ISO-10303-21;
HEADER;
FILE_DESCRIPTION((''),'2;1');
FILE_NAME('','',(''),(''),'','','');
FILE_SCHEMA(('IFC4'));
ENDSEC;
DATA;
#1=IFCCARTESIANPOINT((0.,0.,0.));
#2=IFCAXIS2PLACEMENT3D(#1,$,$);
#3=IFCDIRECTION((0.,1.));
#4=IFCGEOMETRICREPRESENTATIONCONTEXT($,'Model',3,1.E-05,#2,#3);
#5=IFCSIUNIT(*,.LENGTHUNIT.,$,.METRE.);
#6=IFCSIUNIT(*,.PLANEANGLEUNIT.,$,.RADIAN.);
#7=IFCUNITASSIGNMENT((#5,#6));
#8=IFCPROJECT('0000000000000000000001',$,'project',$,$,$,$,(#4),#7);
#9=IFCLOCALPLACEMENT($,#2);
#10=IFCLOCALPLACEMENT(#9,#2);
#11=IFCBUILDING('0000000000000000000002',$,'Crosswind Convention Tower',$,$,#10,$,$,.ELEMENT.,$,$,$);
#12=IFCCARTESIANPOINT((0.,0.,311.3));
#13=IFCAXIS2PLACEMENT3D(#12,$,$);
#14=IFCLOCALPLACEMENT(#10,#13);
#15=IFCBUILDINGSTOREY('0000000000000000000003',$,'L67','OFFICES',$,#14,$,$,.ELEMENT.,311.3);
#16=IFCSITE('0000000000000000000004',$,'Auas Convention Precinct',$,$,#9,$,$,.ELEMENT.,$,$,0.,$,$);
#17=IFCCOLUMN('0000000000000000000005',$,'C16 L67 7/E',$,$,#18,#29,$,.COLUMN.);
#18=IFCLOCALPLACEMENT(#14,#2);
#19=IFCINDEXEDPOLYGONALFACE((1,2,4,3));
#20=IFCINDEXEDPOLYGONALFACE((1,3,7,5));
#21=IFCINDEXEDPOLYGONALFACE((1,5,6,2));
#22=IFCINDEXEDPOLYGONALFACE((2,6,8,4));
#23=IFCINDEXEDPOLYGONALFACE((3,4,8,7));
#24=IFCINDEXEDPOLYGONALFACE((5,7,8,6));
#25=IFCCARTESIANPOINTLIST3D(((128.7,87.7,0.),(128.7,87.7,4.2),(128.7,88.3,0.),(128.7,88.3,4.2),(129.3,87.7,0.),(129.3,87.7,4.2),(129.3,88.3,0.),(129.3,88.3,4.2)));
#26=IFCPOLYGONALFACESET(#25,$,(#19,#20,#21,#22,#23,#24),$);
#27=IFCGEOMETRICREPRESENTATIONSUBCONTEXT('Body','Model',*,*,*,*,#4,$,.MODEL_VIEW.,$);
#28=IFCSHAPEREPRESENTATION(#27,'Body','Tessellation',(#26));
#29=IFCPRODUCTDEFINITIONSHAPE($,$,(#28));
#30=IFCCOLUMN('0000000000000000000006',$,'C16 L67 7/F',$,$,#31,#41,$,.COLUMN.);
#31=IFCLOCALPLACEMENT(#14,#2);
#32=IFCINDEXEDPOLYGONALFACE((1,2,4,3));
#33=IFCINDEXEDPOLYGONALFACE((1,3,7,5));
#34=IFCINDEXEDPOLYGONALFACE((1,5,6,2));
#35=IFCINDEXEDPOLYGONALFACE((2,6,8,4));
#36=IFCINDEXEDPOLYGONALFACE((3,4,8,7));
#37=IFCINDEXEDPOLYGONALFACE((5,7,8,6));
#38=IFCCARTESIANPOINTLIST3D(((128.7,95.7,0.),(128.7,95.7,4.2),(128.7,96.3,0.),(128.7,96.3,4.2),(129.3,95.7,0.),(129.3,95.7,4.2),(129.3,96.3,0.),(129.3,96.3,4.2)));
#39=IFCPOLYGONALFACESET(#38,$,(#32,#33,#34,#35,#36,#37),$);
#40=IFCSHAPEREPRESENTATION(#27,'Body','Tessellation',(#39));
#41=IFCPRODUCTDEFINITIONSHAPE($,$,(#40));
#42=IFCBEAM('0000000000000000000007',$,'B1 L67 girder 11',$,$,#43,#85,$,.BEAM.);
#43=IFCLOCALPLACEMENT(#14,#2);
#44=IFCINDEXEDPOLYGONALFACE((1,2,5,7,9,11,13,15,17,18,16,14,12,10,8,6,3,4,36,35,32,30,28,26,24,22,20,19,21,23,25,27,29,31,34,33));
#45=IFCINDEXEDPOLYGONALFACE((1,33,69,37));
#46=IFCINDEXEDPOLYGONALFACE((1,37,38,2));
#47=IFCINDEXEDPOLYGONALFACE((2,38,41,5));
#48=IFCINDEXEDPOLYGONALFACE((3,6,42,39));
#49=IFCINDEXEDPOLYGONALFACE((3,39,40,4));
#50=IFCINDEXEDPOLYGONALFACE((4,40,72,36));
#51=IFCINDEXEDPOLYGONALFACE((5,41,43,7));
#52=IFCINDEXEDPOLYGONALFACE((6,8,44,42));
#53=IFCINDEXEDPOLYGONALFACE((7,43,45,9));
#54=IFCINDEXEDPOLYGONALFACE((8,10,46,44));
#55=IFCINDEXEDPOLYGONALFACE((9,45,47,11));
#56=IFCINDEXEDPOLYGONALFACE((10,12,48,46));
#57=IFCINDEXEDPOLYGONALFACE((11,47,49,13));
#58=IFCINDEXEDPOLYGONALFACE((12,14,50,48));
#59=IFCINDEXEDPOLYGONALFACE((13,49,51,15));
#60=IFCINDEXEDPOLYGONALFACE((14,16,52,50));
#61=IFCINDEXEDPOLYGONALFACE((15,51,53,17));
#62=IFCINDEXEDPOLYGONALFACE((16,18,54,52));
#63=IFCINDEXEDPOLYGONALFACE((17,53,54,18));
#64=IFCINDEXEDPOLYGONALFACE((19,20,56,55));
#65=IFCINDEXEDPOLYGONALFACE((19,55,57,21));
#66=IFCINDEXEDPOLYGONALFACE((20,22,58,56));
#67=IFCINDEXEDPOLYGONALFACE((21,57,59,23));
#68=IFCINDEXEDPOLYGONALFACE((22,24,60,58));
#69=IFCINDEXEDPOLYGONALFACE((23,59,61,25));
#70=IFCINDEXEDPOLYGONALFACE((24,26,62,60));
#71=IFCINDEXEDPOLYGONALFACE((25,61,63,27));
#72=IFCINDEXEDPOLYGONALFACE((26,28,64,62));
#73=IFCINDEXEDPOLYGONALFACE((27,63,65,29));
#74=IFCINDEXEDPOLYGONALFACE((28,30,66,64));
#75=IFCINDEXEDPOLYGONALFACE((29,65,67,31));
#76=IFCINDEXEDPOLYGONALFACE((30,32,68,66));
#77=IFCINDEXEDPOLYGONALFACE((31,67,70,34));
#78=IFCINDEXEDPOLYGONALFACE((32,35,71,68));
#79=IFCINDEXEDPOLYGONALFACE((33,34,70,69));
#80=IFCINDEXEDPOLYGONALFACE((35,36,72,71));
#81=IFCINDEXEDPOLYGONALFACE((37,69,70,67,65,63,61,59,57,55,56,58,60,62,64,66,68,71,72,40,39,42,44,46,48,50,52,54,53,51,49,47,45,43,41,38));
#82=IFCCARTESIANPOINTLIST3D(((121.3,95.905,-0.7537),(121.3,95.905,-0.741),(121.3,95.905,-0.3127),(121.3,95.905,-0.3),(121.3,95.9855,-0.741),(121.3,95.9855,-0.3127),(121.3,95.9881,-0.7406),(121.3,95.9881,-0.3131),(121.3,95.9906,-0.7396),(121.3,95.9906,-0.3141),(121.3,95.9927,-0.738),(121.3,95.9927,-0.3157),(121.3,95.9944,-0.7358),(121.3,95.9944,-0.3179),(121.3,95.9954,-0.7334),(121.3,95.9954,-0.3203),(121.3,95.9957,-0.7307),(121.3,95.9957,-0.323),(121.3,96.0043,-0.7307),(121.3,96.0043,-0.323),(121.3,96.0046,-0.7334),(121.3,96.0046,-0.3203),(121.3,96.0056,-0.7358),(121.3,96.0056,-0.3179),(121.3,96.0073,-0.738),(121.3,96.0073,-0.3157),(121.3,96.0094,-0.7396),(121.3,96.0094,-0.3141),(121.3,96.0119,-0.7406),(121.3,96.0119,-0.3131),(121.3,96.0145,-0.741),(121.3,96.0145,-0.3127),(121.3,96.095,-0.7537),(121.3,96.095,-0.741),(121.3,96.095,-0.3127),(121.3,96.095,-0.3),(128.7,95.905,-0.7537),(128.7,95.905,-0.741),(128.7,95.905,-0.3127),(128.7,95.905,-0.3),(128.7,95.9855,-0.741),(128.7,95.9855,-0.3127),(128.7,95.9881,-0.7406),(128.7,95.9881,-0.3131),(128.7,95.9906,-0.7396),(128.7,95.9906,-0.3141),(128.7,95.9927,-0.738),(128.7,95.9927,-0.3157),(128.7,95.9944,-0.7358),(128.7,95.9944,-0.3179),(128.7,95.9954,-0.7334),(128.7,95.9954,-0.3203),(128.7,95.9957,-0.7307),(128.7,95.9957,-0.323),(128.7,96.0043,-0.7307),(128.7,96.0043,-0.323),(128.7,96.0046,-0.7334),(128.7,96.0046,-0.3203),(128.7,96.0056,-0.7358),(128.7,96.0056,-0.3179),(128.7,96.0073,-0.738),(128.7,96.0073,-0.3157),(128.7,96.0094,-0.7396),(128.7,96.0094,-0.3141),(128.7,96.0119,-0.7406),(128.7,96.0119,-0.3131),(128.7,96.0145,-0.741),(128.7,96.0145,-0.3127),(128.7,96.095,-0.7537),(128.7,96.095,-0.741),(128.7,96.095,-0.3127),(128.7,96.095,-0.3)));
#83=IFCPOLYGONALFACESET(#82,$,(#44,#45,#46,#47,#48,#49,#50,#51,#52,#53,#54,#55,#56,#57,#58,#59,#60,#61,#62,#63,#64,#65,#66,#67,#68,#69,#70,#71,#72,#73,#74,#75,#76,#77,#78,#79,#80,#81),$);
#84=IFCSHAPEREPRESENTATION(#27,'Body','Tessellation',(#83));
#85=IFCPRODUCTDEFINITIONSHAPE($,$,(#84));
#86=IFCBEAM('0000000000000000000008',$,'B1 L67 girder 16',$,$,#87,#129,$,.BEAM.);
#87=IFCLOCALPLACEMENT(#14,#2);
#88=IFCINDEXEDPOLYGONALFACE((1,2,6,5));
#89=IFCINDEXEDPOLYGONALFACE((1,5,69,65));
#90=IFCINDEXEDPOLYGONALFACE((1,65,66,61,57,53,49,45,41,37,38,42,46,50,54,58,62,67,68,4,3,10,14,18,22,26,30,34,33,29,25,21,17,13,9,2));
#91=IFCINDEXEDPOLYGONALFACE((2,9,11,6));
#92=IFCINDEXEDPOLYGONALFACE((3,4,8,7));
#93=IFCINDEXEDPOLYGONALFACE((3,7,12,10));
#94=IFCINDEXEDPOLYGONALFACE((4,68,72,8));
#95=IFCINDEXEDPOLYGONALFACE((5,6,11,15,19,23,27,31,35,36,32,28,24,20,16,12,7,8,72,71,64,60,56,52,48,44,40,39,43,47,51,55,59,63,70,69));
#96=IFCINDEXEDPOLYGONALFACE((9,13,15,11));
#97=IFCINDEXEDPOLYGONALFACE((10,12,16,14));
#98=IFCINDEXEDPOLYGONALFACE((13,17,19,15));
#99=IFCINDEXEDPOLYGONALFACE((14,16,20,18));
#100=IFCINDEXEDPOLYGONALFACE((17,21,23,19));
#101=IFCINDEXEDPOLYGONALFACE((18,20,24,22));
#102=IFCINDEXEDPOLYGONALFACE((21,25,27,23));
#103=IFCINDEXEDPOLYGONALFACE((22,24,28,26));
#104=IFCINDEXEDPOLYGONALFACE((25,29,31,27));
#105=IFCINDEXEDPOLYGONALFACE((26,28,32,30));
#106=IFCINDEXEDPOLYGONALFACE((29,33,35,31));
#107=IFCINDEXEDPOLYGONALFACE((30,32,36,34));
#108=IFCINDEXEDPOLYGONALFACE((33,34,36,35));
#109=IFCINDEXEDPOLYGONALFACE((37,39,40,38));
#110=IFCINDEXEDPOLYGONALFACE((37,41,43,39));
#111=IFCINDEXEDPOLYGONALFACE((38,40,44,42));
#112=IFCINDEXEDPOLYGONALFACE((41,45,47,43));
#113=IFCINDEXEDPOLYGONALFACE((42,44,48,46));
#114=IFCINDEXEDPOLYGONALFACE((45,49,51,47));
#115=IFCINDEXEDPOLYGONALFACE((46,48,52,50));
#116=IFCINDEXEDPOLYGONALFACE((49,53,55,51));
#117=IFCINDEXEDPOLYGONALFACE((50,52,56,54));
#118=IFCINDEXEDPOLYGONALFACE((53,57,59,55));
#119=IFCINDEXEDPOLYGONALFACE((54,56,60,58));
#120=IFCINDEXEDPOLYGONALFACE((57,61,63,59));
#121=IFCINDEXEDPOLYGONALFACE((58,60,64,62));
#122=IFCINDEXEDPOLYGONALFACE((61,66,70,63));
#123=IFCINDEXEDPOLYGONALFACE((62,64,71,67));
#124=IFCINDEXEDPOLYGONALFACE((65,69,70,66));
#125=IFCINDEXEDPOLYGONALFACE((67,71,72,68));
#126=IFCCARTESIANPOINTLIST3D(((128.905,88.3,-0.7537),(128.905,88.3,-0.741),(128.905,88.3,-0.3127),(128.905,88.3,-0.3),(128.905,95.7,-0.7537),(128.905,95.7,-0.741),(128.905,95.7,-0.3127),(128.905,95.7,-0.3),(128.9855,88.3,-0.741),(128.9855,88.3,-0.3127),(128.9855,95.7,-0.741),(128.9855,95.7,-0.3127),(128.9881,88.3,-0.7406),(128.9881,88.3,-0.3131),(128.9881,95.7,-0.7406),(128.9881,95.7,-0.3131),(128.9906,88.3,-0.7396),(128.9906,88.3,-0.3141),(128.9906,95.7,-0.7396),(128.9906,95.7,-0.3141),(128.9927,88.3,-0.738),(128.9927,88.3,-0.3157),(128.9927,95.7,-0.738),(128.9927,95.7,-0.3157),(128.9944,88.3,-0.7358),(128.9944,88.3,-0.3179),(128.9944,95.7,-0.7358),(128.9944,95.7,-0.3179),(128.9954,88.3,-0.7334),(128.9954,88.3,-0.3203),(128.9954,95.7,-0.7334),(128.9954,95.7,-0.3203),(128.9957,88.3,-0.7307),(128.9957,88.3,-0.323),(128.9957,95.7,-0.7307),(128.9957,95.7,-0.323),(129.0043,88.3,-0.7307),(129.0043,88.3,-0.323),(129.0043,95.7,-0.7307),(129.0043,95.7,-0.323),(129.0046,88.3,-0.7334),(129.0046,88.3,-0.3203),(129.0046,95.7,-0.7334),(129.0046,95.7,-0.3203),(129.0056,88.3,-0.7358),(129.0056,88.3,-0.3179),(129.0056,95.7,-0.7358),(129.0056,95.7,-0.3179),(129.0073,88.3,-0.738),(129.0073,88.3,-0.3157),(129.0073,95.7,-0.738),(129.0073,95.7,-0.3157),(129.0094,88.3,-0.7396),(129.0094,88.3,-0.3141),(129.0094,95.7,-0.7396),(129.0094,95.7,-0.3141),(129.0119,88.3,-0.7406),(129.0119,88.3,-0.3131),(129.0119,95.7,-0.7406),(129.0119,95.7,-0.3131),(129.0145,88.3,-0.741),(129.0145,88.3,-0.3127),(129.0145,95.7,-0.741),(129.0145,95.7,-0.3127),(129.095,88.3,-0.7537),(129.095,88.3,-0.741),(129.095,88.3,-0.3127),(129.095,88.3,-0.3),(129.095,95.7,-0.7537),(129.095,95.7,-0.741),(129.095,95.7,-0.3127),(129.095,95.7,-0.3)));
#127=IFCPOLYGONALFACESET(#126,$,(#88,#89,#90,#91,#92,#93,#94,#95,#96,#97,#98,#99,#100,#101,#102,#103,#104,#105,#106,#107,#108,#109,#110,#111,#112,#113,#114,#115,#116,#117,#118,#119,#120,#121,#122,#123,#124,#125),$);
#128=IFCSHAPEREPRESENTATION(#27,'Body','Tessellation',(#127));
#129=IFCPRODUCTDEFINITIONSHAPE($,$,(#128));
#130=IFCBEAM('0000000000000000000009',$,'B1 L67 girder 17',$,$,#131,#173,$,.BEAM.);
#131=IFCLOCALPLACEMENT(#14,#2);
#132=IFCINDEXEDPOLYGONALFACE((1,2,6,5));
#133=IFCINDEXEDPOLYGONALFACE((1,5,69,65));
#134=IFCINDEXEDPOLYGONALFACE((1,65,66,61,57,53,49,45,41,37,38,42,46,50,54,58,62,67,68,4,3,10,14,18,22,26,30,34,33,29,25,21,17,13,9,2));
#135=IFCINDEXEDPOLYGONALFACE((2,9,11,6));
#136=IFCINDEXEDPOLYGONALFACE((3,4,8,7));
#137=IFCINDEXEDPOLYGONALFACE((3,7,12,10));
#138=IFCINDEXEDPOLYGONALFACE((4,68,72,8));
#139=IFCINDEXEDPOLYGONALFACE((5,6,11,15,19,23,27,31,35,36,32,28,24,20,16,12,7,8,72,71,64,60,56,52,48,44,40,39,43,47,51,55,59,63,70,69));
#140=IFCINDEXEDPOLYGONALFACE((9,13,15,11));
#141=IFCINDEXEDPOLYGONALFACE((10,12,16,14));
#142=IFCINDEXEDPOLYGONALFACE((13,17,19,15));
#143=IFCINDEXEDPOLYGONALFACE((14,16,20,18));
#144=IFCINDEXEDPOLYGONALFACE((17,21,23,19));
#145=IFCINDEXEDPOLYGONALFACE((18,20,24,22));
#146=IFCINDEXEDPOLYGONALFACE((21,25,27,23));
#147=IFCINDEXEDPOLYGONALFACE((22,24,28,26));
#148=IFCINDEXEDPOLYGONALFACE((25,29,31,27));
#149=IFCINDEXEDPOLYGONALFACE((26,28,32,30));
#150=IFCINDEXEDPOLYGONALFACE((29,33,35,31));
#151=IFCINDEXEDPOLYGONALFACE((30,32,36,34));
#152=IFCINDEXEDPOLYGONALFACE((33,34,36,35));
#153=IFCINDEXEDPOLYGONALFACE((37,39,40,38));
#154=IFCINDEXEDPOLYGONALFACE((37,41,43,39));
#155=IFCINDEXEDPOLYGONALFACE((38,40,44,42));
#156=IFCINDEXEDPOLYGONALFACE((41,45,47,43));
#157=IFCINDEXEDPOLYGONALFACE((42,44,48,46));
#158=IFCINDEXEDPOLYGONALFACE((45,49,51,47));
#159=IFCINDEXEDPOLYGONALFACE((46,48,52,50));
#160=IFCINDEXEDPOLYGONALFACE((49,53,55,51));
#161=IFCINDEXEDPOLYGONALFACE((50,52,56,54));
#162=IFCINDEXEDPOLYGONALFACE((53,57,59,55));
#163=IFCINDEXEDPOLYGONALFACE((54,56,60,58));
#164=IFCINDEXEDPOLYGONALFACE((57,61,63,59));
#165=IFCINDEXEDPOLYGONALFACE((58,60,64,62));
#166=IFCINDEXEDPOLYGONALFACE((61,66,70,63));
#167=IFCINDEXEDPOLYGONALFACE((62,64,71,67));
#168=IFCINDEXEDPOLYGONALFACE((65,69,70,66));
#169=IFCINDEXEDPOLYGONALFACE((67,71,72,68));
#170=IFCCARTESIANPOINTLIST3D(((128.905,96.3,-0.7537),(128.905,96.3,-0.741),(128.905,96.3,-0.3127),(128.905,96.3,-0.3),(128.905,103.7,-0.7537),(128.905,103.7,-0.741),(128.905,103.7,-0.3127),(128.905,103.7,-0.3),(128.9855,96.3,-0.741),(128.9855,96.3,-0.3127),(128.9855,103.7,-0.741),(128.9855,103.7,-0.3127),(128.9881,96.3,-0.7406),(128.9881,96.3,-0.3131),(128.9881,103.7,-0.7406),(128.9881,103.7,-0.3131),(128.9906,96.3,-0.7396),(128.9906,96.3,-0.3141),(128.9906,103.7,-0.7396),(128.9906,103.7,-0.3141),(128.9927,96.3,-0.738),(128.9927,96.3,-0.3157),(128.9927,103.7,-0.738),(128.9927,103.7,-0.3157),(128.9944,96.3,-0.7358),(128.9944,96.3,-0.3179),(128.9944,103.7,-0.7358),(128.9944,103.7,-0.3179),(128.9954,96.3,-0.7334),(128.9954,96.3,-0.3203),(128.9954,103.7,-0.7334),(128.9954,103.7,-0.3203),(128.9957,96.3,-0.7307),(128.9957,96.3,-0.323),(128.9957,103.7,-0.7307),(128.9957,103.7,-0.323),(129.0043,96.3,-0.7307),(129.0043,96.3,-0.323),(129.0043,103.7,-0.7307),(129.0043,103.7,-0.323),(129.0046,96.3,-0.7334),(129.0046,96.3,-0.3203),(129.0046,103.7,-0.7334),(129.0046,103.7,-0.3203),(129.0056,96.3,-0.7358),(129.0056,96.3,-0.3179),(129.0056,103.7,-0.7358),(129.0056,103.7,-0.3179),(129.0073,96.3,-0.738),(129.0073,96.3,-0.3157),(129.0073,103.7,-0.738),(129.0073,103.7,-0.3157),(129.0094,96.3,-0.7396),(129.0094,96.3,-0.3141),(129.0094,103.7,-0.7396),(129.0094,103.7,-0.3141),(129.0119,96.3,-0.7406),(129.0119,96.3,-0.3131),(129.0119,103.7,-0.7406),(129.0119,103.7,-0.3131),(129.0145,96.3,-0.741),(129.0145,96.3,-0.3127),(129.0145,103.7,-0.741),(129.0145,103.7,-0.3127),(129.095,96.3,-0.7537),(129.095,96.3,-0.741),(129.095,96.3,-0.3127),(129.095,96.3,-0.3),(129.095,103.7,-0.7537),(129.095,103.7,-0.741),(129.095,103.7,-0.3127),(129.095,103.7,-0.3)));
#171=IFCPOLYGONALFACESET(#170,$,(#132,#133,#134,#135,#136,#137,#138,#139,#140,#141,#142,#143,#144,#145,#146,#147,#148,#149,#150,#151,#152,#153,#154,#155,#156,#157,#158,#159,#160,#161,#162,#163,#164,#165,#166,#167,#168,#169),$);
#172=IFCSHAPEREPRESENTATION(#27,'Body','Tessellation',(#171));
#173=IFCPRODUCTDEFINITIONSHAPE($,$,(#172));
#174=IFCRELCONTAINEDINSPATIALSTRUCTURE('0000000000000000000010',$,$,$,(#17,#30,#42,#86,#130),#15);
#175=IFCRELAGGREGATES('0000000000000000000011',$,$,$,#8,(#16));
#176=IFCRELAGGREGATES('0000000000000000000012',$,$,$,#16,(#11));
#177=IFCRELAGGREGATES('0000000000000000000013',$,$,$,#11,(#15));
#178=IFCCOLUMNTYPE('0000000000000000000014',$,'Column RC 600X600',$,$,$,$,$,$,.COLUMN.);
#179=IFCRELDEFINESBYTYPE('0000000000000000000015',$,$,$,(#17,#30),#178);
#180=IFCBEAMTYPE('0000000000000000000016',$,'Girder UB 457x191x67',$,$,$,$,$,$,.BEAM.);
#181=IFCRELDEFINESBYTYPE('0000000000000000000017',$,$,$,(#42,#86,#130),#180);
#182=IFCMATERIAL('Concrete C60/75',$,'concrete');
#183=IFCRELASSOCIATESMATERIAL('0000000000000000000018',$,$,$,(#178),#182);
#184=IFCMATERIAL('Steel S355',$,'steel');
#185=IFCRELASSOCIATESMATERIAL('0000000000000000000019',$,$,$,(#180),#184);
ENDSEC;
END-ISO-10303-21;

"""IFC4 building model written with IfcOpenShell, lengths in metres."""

from ifc_helpers import new_model, si_unit, direction, frame, origin, origin_2d, place, context, subcontext, project, spatial, rectangle, i_section, extrude, material, material_profile, profile_set, type_object, element, save


model = new_model("IFC4")

# Units and contexts
model_context = context("Model", 3, precision=1e-05, world=origin(), true_north=direction((0.0, 1.0)))
body_context = subcontext(model_context, "Body", "Model", "MODEL_VIEW")
ifc_project = project(units=[si_unit("LENGTHUNIT", "METRE"), si_unit("PLANEANGLEUNIT", "RADIAN")], contexts=[model_context])

# Site, building, storey
site_placement = place(None, origin())
site = spatial("IfcSite", under=ifc_project, at=site_placement, Name="Auas Convention Precinct", CompositionType="ELEMENT", RefElevation=0.0)
building_placement = place(site_placement, origin())
building = spatial("IfcBuilding", under=site, at=building_placement, Name="Crosswind Convention Tower", CompositionType="ELEMENT")
storey_placement = place(building_placement, frame((0.0, 0.0, 311.3)))
storey = spatial("IfcBuildingStorey", under=building, at=storey_placement, Name="L67", Description="OFFICES", CompositionType="ELEMENT", Elevation=311.3)

# Columns
ifc_material_1 = material(Name="Concrete C60/75", Category="concrete")
ifc_material_profile_1 = material_profile(ifc_material_1, rectangle(XDim=0.6001, YDim=0.6001, at=origin_2d()), Name="RC 600X600")
ifc_profile_set_1 = profile_set([ifc_material_profile_1], Name="Concrete C60/75")
column_type = type_object("IfcColumnType", Name="Column RC 600X600", PredefinedType="COLUMN", material=ifc_profile_set_1)
for number, where, z_axis, x_axis, name in (
    (1, (129.0, 88.0, 0.0), (0.0, 0.0, 1.0), (1.0, 0.0, 0.0), "C16 L67 7/E"),
    (2, (129.0, 96.0, 0.0), (0.0, 0.0, 1.0), (1.0, 0.0, 0.0), "C16 L67 7/F"),
):
    element("IfcColumn", number, at=place(storey_placement, frame(where, z_axis=z_axis, x_axis=x_axis)), inside=storey, type_object=column_type, Name=name, PredefinedType="COLUMN", context=body_context, shape_type="SweptSolid", body=[
        extrude(rectangle(XDim=0.6001, YDim=0.6001, at=origin_2d()), origin(), (0.0, 0.0, 1.0), 4.2),
    ])

# Beams
ifc_material_2 = material(Name="Steel S355", Category="steel")
ifc_material_profile_2 = material_profile(ifc_material_2, i_section(OverallWidth=0.1899, OverallDepth=0.4536, WebThickness=0.0085, FlangeThickness=0.0127, FilletRadius=0.0103, at=origin_2d()), Name="UB 457x191x67")
ifc_profile_set_2 = profile_set([ifc_material_profile_2], Name="Steel S355")
beam_type_1 = type_object("IfcBeamType", Name="Girder UB 457x191x67", PredefinedType="BEAM", material=ifc_profile_set_2)
for number, where, z_axis, x_axis, name in (
    (3, (121.3, 96.0, -0.5269), (1.0, 0.0, 0.0), (0.0, 1.0, 0.0), "B1 L67 girder 11"),
    (4, (129.0, 88.3, -0.5269), (0.0, 1.0, 0.0), (-1.0, 0.0, 0.0), "B1 L67 girder 16"),
    (5, (129.0, 96.3, -0.5269), (0.0, 1.0, 0.0), (-1.0, 0.0, 0.0), "B1 L67 girder 17"),
):
    element("IfcBeam", number, at=place(storey_placement, frame(where, z_axis=z_axis, x_axis=x_axis)), inside=storey, type_object=beam_type_1, Name=name, PredefinedType="BEAM", context=body_context, shape_type="SweptSolid", body=[
        extrude(i_section(OverallWidth=0.1899, OverallDepth=0.4536, WebThickness=0.0085, FlangeThickness=0.0127, FilletRadius=0.0103, at=origin_2d()), origin(), (0.0, 0.0, 1.0), 7.3999),
    ])

save(model, "model.ifc")
